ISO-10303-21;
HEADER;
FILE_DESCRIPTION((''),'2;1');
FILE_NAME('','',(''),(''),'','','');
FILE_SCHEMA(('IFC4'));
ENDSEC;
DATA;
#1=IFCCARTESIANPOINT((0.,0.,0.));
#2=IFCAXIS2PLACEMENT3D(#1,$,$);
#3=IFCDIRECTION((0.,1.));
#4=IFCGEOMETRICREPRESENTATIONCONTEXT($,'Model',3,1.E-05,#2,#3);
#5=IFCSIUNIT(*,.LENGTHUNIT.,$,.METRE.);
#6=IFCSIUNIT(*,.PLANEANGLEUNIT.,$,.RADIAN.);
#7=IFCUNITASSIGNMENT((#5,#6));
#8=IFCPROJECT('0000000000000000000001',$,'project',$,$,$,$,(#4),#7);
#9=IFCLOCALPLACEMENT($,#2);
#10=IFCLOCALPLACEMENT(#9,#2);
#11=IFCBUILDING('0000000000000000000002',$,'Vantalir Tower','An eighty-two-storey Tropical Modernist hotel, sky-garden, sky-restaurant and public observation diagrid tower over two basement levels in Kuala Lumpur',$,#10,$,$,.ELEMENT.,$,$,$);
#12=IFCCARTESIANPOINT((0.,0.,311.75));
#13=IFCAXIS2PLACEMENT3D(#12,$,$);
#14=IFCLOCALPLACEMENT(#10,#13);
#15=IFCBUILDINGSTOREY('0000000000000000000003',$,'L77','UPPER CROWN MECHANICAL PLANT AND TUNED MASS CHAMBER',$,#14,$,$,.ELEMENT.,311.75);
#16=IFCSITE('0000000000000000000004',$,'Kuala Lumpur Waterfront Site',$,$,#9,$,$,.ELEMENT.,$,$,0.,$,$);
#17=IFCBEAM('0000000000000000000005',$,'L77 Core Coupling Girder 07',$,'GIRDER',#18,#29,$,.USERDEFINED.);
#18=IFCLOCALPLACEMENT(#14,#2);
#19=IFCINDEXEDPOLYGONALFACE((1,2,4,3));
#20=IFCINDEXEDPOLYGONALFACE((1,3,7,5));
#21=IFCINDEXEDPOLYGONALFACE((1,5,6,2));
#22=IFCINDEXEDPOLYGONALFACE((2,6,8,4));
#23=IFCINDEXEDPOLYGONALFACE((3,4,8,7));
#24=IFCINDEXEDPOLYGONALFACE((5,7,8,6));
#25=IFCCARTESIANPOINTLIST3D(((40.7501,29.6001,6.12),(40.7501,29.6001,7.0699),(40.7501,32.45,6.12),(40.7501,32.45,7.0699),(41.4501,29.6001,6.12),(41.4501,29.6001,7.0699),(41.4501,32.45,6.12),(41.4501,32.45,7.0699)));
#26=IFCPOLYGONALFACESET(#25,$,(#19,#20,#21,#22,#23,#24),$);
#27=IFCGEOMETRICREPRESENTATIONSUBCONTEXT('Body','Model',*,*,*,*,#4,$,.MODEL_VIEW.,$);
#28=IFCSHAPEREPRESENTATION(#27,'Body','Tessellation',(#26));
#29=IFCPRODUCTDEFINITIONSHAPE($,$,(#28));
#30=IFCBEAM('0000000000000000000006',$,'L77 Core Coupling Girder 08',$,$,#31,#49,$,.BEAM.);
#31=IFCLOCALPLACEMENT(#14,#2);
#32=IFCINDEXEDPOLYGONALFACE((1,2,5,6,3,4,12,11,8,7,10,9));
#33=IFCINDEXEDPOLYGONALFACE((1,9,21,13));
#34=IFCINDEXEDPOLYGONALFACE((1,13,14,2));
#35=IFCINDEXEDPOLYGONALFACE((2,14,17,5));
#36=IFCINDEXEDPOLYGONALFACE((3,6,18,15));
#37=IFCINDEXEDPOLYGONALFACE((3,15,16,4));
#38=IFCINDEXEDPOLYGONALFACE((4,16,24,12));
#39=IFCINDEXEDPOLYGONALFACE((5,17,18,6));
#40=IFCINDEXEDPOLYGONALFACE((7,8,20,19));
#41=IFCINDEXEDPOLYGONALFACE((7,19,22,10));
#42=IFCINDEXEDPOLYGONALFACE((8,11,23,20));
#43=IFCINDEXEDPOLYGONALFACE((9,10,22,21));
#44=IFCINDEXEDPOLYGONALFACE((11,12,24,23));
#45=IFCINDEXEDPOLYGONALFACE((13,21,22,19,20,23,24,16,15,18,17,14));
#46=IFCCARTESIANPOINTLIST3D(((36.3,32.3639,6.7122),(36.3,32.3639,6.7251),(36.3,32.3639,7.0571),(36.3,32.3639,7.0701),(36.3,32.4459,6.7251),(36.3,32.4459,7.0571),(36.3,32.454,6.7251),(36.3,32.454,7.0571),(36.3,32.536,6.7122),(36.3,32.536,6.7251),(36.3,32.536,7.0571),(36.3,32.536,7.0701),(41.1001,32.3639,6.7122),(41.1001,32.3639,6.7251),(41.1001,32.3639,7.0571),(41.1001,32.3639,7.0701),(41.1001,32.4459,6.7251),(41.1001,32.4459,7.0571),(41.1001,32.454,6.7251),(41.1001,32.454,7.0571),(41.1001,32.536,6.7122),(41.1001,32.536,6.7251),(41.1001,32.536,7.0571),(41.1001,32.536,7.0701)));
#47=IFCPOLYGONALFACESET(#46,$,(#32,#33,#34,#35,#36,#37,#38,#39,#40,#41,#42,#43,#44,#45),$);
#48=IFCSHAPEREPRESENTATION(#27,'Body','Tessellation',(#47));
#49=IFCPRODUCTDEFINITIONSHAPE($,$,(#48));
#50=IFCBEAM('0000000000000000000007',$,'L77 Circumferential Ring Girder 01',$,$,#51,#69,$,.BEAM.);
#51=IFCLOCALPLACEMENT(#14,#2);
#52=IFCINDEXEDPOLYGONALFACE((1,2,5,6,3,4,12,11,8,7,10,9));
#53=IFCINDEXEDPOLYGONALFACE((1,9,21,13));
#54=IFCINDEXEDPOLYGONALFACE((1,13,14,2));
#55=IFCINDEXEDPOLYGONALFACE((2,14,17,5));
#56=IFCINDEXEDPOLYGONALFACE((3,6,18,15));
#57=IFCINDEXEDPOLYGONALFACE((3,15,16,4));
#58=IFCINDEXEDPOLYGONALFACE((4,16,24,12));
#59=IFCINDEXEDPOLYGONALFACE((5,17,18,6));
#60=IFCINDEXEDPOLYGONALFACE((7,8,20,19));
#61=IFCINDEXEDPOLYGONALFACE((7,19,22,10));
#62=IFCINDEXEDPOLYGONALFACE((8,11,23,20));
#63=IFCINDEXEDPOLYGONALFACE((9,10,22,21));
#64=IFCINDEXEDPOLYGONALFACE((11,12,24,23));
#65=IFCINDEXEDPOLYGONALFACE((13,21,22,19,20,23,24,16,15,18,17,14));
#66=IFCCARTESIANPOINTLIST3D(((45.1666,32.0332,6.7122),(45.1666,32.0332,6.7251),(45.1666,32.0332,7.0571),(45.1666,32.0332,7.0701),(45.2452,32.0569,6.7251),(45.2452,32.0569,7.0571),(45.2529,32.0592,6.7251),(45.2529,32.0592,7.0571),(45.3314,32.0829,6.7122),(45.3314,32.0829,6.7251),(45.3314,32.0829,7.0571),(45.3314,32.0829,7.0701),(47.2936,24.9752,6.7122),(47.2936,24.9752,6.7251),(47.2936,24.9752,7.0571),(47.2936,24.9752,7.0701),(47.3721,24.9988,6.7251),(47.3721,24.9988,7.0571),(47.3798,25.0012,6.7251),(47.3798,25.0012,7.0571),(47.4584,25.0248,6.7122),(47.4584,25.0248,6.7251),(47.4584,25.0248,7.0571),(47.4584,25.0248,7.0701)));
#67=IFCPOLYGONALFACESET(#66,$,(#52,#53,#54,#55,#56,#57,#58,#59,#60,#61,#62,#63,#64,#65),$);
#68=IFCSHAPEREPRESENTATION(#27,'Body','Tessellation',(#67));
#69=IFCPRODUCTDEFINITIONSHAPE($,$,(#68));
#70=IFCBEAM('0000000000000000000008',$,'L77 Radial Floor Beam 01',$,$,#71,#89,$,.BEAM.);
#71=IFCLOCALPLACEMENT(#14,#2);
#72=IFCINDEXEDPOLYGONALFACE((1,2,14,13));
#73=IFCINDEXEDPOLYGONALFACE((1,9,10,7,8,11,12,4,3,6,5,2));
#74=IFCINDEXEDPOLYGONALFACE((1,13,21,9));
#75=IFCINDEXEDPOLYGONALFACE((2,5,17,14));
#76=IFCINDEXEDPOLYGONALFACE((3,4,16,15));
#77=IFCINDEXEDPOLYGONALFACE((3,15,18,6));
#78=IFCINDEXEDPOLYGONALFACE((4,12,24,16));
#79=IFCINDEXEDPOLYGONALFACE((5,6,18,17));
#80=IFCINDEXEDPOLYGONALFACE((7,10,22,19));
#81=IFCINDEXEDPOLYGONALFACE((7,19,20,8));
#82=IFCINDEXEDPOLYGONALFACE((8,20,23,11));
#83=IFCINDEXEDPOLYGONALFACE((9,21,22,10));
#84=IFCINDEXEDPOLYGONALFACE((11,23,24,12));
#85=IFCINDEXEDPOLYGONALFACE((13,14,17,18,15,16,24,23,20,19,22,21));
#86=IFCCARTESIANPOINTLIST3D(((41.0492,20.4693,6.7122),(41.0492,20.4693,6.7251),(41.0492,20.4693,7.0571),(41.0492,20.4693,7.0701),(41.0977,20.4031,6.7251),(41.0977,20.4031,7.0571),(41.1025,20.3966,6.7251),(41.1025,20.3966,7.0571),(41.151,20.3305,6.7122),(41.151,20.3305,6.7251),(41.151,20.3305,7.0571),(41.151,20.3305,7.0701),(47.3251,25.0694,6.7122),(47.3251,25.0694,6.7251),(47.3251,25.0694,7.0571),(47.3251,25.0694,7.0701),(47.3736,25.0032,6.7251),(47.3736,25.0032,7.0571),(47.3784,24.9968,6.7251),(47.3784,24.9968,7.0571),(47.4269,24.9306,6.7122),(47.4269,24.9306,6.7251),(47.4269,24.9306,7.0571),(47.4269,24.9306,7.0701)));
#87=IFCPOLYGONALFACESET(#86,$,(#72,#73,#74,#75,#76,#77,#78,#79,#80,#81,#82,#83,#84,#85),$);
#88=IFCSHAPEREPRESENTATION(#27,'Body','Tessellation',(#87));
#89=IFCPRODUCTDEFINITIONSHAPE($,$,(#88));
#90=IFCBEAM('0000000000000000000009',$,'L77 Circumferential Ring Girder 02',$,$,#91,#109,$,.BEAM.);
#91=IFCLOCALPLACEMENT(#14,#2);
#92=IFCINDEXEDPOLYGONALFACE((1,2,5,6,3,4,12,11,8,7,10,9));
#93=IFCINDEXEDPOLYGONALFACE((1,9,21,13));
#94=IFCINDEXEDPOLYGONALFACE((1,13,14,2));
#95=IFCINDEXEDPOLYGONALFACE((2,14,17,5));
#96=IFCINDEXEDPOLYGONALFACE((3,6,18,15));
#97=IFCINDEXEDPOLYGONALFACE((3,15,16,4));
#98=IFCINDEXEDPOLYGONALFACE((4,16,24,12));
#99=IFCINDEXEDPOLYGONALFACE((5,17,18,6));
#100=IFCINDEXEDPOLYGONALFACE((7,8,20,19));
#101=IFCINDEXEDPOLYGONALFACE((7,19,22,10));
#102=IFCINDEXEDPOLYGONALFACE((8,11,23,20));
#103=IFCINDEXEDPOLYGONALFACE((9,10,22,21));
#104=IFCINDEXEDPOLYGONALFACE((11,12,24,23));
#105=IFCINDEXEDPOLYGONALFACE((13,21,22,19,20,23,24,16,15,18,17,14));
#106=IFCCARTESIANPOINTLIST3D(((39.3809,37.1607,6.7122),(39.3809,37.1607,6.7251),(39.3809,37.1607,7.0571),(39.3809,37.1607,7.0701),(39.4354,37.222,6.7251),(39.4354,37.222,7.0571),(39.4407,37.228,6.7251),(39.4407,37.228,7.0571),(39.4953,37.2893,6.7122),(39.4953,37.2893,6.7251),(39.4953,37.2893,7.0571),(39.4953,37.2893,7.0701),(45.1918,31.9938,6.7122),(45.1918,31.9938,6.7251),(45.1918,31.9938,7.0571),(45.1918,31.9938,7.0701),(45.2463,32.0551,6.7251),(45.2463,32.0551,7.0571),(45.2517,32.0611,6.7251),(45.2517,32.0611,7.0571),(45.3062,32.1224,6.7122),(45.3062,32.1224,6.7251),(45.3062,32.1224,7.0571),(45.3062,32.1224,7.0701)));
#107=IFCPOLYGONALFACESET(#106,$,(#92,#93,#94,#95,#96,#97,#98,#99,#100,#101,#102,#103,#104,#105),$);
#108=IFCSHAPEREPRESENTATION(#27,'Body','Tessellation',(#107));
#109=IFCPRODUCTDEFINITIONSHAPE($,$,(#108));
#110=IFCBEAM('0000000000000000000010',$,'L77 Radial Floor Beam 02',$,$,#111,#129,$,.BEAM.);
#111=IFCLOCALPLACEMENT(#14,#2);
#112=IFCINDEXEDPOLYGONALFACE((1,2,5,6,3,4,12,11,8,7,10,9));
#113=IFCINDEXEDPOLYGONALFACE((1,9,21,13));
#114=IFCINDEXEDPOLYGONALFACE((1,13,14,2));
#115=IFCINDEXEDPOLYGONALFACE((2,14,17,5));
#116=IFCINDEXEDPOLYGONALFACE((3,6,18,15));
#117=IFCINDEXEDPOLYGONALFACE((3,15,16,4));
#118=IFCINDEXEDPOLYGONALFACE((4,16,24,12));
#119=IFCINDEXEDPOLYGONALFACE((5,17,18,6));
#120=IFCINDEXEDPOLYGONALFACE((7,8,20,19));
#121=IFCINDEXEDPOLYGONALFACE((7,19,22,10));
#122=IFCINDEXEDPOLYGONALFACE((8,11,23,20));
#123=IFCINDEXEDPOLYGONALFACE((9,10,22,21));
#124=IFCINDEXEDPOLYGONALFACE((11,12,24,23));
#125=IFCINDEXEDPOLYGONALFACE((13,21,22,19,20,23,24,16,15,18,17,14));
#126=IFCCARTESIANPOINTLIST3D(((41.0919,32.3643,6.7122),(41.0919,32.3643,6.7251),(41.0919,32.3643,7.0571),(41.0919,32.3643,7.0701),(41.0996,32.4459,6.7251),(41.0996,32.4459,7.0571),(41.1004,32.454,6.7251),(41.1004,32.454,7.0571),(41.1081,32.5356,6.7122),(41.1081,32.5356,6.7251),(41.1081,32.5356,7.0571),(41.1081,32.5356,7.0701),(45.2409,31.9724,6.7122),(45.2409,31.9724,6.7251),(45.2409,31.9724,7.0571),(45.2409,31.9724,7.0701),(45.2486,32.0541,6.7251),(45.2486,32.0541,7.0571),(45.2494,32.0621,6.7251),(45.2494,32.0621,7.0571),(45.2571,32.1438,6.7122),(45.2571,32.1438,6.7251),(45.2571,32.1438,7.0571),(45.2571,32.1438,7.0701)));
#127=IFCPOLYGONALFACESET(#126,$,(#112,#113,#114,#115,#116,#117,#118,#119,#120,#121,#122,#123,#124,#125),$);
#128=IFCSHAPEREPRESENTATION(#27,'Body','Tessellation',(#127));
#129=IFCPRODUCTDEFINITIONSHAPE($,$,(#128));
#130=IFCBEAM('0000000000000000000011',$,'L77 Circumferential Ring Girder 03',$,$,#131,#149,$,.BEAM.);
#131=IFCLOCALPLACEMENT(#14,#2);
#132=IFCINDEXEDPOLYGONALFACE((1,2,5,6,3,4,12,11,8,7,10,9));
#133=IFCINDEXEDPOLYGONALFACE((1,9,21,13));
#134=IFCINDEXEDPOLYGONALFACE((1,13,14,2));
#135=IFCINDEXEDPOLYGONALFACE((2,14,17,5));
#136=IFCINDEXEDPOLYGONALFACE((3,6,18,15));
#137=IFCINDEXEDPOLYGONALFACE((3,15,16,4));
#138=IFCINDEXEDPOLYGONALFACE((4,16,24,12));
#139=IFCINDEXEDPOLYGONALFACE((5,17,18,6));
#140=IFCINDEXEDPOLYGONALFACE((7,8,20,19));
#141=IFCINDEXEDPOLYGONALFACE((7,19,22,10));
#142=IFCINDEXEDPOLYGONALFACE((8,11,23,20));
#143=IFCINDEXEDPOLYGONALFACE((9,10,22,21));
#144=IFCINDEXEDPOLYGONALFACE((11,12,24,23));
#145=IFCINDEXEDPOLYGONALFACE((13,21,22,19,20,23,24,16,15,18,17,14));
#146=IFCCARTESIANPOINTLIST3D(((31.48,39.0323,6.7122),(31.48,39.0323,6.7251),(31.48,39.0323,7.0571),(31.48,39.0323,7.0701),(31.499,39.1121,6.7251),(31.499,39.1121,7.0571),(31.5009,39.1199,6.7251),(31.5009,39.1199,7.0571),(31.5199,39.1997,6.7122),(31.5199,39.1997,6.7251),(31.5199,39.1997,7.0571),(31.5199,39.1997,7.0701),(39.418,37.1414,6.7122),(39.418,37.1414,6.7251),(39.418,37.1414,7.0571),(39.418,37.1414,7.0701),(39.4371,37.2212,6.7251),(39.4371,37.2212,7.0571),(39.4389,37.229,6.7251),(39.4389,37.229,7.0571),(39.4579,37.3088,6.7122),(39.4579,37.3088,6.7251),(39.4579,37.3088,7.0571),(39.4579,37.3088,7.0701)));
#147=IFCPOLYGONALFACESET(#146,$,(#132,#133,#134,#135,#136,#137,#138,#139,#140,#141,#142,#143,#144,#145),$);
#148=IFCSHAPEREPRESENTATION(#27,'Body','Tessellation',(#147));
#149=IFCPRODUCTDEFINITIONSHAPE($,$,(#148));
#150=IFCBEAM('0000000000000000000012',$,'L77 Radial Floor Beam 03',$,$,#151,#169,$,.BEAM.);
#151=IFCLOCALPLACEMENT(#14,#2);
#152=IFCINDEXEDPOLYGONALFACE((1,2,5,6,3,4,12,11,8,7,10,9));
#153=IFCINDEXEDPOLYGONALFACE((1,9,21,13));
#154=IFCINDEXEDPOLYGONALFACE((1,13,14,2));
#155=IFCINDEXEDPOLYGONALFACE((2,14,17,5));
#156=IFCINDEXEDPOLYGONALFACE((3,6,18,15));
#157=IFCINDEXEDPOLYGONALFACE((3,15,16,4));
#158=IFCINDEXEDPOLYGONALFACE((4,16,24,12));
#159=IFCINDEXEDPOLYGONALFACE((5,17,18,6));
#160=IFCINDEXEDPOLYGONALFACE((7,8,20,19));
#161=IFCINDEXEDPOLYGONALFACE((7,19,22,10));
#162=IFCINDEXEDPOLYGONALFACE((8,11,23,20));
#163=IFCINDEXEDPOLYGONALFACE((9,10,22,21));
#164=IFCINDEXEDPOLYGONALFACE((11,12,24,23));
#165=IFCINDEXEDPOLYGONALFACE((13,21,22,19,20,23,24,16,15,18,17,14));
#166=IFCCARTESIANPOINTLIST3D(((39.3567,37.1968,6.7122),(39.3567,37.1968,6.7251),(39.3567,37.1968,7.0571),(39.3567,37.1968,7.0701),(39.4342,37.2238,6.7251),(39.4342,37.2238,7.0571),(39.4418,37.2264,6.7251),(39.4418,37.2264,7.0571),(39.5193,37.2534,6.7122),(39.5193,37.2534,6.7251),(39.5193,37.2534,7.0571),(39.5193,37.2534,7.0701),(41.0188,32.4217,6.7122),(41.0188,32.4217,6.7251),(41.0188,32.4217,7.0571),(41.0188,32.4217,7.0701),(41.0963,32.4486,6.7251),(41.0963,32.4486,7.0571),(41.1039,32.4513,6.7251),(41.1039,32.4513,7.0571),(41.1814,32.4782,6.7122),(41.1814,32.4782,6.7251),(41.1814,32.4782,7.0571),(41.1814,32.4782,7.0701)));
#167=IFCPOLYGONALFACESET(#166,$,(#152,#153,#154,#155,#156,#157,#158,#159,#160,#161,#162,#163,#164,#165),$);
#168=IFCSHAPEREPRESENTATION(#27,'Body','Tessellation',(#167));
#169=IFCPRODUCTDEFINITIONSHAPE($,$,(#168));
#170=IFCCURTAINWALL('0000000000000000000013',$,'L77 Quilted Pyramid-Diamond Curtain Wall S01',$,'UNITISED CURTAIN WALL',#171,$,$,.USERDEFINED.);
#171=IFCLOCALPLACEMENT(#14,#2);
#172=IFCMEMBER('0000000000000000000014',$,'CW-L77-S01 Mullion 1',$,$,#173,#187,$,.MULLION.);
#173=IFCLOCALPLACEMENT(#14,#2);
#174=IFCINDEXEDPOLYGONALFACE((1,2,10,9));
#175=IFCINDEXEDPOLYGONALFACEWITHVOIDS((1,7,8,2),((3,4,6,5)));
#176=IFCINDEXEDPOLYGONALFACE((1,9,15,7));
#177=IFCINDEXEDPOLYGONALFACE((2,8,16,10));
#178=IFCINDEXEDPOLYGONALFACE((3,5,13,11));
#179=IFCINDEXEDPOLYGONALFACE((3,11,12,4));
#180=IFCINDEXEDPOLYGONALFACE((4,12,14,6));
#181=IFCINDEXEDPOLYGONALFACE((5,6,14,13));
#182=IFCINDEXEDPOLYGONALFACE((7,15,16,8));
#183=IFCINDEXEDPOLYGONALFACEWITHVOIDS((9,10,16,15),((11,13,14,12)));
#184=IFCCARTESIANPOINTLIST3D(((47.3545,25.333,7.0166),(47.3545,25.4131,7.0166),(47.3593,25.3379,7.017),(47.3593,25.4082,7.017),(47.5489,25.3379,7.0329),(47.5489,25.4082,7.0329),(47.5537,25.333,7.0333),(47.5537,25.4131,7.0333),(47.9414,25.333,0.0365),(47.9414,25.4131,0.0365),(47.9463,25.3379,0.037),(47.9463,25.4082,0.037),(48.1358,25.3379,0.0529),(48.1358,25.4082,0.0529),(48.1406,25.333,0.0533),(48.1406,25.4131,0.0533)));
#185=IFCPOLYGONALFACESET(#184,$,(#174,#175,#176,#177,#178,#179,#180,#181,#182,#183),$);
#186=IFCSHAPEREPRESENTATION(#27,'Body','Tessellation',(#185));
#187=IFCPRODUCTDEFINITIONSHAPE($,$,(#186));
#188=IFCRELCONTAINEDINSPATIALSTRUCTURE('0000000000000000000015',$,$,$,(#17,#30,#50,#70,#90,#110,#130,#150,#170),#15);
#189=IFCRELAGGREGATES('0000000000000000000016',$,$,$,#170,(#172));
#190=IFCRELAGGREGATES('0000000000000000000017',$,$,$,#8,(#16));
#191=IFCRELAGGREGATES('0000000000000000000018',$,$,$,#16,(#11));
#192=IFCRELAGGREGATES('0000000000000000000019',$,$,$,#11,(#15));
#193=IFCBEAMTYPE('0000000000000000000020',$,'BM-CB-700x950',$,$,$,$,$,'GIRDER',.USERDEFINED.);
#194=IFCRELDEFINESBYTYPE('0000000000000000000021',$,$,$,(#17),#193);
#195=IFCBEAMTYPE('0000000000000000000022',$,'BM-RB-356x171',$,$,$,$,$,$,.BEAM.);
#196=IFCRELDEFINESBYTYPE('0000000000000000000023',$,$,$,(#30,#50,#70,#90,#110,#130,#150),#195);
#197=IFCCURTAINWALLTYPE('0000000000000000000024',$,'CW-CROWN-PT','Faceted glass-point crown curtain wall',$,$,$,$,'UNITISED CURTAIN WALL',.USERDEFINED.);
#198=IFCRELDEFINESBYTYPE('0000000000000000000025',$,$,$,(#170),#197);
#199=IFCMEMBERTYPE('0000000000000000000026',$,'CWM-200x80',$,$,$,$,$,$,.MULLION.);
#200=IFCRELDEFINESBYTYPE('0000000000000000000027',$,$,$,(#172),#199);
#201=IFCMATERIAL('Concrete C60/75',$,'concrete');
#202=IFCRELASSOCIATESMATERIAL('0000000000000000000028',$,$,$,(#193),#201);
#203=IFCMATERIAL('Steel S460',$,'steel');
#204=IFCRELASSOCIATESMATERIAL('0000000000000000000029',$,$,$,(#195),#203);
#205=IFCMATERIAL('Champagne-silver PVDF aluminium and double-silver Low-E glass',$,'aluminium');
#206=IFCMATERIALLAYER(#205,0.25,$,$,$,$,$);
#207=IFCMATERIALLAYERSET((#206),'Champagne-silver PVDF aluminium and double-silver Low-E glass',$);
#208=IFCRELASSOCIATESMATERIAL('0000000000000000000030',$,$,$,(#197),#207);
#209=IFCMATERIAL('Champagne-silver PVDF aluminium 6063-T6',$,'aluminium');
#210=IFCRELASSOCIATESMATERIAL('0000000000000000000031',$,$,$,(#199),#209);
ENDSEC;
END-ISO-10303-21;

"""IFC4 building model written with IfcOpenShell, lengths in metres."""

from ifc_helpers import new_model, si_unit, direction, frame, origin, origin_2d, place, context, subcontext, project, spatial, rectangle, hollow_rectangle, i_section, extrude, material, layer, layer_set, material_profile, profile_set, type_object, element, aggregate, save


model = new_model("IFC4")

# Units and contexts
model_context = context("Model", 3, precision=1e-05, world=origin(), true_north=direction((0.0, 1.0)))
body_context = subcontext(model_context, "Body", "Model", "MODEL_VIEW")
ifc_project = project(units=[si_unit("LENGTHUNIT", "METRE"), si_unit("PLANEANGLEUNIT", "RADIAN")], contexts=[model_context])

# Site, building, storey
site_placement = place(None, origin())
site = spatial("IfcSite", under=ifc_project, at=site_placement, Name="Kuala Lumpur Waterfront Site", CompositionType="ELEMENT", RefElevation=0.0)
building_placement = place(site_placement, origin())
building = spatial("IfcBuilding", under=site, at=building_placement, Name="Vantalir Tower", Description="An eighty-two-storey Tropical Modernist hotel, sky-garden, sky-restaurant and public observation diagrid tower over two basement levels in Kuala Lumpur", CompositionType="ELEMENT")
storey_placement = place(building_placement, frame((0.0, 0.0, 311.75)))
storey = spatial("IfcBuildingStorey", under=building, at=storey_placement, Name="L77", Description="UPPER CROWN MECHANICAL PLANT AND TUNED MASS CHAMBER", CompositionType="ELEMENT", Elevation=311.75)

# Shared definitions
ifc_material_1 = material(Name="Steel S460", Category="steel")

# Beams
ifc_material_2 = material(Name="Concrete C60/75", Category="concrete")
ifc_material_profile_1 = material_profile(ifc_material_2, rectangle(XDim=0.7, YDim=0.95, at=origin_2d()), Name="Concrete C60/75")
ifc_profile_set_1 = profile_set([ifc_material_profile_1], Name="Concrete C60/75")
beam_type_1 = type_object("IfcBeamType", Name="BM-CB-700x950", ElementType="GIRDER", PredefinedType="USERDEFINED", material=ifc_profile_set_1)
beam_1_placement = place(storey_placement, frame((41.1001, 29.6001, 6.595), z_axis=(0.0, 1.0, 0.0), x_axis=(-1.0, 0.0, 0.0)))
element("IfcBeam", 1, at=beam_1_placement, inside=storey, type_object=beam_type_1, Name="L77 Core Coupling Girder 07", ObjectType="GIRDER", PredefinedType="USERDEFINED", context=body_context, shape_type="SweptSolid", body=[
    extrude(rectangle(XDim=0.7, YDim=0.95, at=origin_2d()), origin(), (0.0, 0.0, 1.0), 2.8499),
])
ifc_material_profile_2 = material_profile(ifc_material_1, i_section(OverallWidth=0.1721, OverallDepth=0.3579, WebThickness=0.0081, FlangeThickness=0.0129, at=origin_2d()), Name="Steel S460")
ifc_profile_set_2 = profile_set([ifc_material_profile_2], Name="Steel S460")
beam_type_2 = type_object("IfcBeamType", Name="BM-RB-356x171", PredefinedType="BEAM", material=ifc_profile_set_2)
beam_2_placement = place(storey_placement, frame((41.1001, 32.45, 6.8911), z_axis=(-1.0, 0.0, 0.0), x_axis=(0.0, -1.0, 0.0)))
element("IfcBeam", 2, at=beam_2_placement, inside=storey, type_object=beam_type_2, Name="L77 Core Coupling Girder 08", PredefinedType="BEAM", context=body_context, shape_type="SweptSolid", body=[
    extrude(i_section(OverallWidth=0.1721, OverallDepth=0.3579, WebThickness=0.0081, FlangeThickness=0.0129, at=origin_2d()), origin(), (0.0, 0.0, 1.0), 4.8),
])
beam_3_placement = place(storey_placement, frame((47.376, 25.0, 6.8911), z_axis=(-0.288533, 0.95747, 0.0), x_axis=(-0.95747, -0.288533, 0.0)))
element("IfcBeam", 3, at=beam_3_placement, inside=storey, type_object=beam_type_2, Name="L77 Circumferential Ring Girder 01", PredefinedType="BEAM", context=body_context, shape_type="SweptSolid", body=[
    extrude(i_section(OverallWidth=0.1721, OverallDepth=0.3579, WebThickness=0.0081, FlangeThickness=0.0129, at=origin_2d()), origin(), (0.0, 0.0, 1.0), 7.3716),
])
beam_4_placement = place(storey_placement, frame((47.376, 25.0, 6.8911), z_axis=(-0.806541, -0.591179, 0.0), x_axis=(0.591179, -0.806541, 0.0)))
element("IfcBeam", 4, at=beam_4_placement, inside=storey, type_object=beam_type_2, Name="L77 Radial Floor Beam 01", PredefinedType="BEAM", context=body_context, shape_type="SweptSolid", body=[
    extrude(i_section(OverallWidth=0.1721, OverallDepth=0.3579, WebThickness=0.0081, FlangeThickness=0.0129, at=origin_2d()), origin(), (0.0, 0.0, 1.0), 7.7812),
])
beam_5_placement = place(storey_placement, frame((45.249, 32.0581, 6.8911), z_axis=(-0.747305, 0.664481, 0.0), x_axis=(-0.664481, -0.747305, 0.0)))
element("IfcBeam", 5, at=beam_5_placement, inside=storey, type_object=beam_type_2, Name="L77 Circumferential Ring Girder 02", PredefinedType="BEAM", context=body_context, shape_type="SweptSolid", body=[
    extrude(i_section(OverallWidth=0.1721, OverallDepth=0.3579, WebThickness=0.0081, FlangeThickness=0.0129, at=origin_2d()), origin(), (0.0, 0.0, 1.0), 7.7759),
])
beam_6_placement = place(storey_placement, frame((45.249, 32.0581, 6.8911), z_axis=(-0.99557, 0.094027, 0.0), x_axis=(-0.094027, -0.99557, 0.0)))
element("IfcBeam", 6, at=beam_6_placement, inside=storey, type_object=beam_type_2, Name="L77 Radial Floor Beam 02", PredefinedType="BEAM", context=body_context, shape_type="SweptSolid", body=[
    extrude(i_section(OverallWidth=0.1721, OverallDepth=0.3579, WebThickness=0.0081, FlangeThickness=0.0129, at=origin_2d()), origin(), (0.0, 0.0, 1.0), 4.1675),
])
beam_7_placement = place(storey_placement, frame((39.438, 37.2251, 6.8911), z_axis=(-0.972782, 0.231722, 0.0), x_axis=(-0.231722, -0.972782, 0.0)))
element("IfcBeam", 7, at=beam_7_placement, inside=storey, type_object=beam_type_2, Name="L77 Circumferential Ring Girder 03", PredefinedType="BEAM", context=body_context, shape_type="SweptSolid", body=[
    extrude(i_section(OverallWidth=0.1721, OverallDepth=0.3579, WebThickness=0.0081, FlangeThickness=0.0129, at=origin_2d()), origin(), (0.0, 0.0, 1.0), 8.1602),
])
beam_8_placement = place(storey_placement, frame((39.438, 37.2251, 6.8911), z_axis=(0.32873, -0.944424, 0.0), x_axis=(0.944424, 0.32873, 0.0)))
element("IfcBeam", 8, at=beam_8_placement, inside=storey, type_object=beam_type_2, Name="L77 Radial Floor Beam 03", PredefinedType="BEAM", context=body_context, shape_type="SweptSolid", body=[
    extrude(i_section(OverallWidth=0.1721, OverallDepth=0.3579, WebThickness=0.0081, FlangeThickness=0.0129, at=origin_2d()), origin(), (0.0, 0.0, 1.0), 5.0562),
])

# Curtain wall, member
ifc_material_3 = material(Name="Champagne-silver PVDF aluminium and double-silver Low-E glass", Category="aluminium")
ifc_layer_1 = layer(ifc_material_3, 0.25)
ifc_layer_set_1 = layer_set([ifc_layer_1], Name="Champagne-silver PVDF aluminium and double-silver Low-E glass")
curtain_wall_type = type_object("IfcCurtainWallType", Name="CW-CROWN-PT", Description="Faceted glass-point crown curtain wall", ElementType="UNITISED CURTAIN WALL", PredefinedType="USERDEFINED", material=ifc_layer_set_1)
curtain_wall_1_placement = place(storey_placement, origin())
curtain_wall_1 = element("IfcCurtainWall", 9, at=curtain_wall_1_placement, inside=storey, type_object=curtain_wall_type, Name="L77 Quilted Pyramid-Diamond Curtain Wall S01", ObjectType="UNITISED CURTAIN WALL", PredefinedType="USERDEFINED")
ifc_material_4 = material(Name="Champagne-silver PVDF aluminium 6063-T6", Category="aluminium")
ifc_material_profile_3 = material_profile(ifc_material_4, hollow_rectangle(XDim=0.0801, YDim=0.2, WallThickness=0.0049, at=origin_2d()), Name="Champagne-silver PVDF aluminium 6063-T6")
ifc_profile_set_3 = profile_set([ifc_material_profile_3], Name="Champagne-silver PVDF aluminium 6063-T6")
member_type_1 = type_object("IfcMemberType", Name="CWM-200x80", PredefinedType="MULLION", material=ifc_profile_set_3)
member_1_placement = place(storey_placement, frame((48.041, 25.373, 0.0449), z_axis=(-0.08379, 0.0, 0.996483), x_axis=(0.0, -1.0, 0.0)))
member_1 = element("IfcMember", 10, at=member_1_placement, type_object=member_type_1, Name="CW-L77-S01 Mullion 1", PredefinedType="MULLION", context=body_context, shape_type="SweptSolid", body=[
    extrude(hollow_rectangle(XDim=0.0801, YDim=0.2, WallThickness=0.0049, at=origin_2d()), origin(), (0.0, 0.0, 1.0), 7.0046),
])

aggregate(curtain_wall_1, [member_1])

save(model, "model.ifc")
